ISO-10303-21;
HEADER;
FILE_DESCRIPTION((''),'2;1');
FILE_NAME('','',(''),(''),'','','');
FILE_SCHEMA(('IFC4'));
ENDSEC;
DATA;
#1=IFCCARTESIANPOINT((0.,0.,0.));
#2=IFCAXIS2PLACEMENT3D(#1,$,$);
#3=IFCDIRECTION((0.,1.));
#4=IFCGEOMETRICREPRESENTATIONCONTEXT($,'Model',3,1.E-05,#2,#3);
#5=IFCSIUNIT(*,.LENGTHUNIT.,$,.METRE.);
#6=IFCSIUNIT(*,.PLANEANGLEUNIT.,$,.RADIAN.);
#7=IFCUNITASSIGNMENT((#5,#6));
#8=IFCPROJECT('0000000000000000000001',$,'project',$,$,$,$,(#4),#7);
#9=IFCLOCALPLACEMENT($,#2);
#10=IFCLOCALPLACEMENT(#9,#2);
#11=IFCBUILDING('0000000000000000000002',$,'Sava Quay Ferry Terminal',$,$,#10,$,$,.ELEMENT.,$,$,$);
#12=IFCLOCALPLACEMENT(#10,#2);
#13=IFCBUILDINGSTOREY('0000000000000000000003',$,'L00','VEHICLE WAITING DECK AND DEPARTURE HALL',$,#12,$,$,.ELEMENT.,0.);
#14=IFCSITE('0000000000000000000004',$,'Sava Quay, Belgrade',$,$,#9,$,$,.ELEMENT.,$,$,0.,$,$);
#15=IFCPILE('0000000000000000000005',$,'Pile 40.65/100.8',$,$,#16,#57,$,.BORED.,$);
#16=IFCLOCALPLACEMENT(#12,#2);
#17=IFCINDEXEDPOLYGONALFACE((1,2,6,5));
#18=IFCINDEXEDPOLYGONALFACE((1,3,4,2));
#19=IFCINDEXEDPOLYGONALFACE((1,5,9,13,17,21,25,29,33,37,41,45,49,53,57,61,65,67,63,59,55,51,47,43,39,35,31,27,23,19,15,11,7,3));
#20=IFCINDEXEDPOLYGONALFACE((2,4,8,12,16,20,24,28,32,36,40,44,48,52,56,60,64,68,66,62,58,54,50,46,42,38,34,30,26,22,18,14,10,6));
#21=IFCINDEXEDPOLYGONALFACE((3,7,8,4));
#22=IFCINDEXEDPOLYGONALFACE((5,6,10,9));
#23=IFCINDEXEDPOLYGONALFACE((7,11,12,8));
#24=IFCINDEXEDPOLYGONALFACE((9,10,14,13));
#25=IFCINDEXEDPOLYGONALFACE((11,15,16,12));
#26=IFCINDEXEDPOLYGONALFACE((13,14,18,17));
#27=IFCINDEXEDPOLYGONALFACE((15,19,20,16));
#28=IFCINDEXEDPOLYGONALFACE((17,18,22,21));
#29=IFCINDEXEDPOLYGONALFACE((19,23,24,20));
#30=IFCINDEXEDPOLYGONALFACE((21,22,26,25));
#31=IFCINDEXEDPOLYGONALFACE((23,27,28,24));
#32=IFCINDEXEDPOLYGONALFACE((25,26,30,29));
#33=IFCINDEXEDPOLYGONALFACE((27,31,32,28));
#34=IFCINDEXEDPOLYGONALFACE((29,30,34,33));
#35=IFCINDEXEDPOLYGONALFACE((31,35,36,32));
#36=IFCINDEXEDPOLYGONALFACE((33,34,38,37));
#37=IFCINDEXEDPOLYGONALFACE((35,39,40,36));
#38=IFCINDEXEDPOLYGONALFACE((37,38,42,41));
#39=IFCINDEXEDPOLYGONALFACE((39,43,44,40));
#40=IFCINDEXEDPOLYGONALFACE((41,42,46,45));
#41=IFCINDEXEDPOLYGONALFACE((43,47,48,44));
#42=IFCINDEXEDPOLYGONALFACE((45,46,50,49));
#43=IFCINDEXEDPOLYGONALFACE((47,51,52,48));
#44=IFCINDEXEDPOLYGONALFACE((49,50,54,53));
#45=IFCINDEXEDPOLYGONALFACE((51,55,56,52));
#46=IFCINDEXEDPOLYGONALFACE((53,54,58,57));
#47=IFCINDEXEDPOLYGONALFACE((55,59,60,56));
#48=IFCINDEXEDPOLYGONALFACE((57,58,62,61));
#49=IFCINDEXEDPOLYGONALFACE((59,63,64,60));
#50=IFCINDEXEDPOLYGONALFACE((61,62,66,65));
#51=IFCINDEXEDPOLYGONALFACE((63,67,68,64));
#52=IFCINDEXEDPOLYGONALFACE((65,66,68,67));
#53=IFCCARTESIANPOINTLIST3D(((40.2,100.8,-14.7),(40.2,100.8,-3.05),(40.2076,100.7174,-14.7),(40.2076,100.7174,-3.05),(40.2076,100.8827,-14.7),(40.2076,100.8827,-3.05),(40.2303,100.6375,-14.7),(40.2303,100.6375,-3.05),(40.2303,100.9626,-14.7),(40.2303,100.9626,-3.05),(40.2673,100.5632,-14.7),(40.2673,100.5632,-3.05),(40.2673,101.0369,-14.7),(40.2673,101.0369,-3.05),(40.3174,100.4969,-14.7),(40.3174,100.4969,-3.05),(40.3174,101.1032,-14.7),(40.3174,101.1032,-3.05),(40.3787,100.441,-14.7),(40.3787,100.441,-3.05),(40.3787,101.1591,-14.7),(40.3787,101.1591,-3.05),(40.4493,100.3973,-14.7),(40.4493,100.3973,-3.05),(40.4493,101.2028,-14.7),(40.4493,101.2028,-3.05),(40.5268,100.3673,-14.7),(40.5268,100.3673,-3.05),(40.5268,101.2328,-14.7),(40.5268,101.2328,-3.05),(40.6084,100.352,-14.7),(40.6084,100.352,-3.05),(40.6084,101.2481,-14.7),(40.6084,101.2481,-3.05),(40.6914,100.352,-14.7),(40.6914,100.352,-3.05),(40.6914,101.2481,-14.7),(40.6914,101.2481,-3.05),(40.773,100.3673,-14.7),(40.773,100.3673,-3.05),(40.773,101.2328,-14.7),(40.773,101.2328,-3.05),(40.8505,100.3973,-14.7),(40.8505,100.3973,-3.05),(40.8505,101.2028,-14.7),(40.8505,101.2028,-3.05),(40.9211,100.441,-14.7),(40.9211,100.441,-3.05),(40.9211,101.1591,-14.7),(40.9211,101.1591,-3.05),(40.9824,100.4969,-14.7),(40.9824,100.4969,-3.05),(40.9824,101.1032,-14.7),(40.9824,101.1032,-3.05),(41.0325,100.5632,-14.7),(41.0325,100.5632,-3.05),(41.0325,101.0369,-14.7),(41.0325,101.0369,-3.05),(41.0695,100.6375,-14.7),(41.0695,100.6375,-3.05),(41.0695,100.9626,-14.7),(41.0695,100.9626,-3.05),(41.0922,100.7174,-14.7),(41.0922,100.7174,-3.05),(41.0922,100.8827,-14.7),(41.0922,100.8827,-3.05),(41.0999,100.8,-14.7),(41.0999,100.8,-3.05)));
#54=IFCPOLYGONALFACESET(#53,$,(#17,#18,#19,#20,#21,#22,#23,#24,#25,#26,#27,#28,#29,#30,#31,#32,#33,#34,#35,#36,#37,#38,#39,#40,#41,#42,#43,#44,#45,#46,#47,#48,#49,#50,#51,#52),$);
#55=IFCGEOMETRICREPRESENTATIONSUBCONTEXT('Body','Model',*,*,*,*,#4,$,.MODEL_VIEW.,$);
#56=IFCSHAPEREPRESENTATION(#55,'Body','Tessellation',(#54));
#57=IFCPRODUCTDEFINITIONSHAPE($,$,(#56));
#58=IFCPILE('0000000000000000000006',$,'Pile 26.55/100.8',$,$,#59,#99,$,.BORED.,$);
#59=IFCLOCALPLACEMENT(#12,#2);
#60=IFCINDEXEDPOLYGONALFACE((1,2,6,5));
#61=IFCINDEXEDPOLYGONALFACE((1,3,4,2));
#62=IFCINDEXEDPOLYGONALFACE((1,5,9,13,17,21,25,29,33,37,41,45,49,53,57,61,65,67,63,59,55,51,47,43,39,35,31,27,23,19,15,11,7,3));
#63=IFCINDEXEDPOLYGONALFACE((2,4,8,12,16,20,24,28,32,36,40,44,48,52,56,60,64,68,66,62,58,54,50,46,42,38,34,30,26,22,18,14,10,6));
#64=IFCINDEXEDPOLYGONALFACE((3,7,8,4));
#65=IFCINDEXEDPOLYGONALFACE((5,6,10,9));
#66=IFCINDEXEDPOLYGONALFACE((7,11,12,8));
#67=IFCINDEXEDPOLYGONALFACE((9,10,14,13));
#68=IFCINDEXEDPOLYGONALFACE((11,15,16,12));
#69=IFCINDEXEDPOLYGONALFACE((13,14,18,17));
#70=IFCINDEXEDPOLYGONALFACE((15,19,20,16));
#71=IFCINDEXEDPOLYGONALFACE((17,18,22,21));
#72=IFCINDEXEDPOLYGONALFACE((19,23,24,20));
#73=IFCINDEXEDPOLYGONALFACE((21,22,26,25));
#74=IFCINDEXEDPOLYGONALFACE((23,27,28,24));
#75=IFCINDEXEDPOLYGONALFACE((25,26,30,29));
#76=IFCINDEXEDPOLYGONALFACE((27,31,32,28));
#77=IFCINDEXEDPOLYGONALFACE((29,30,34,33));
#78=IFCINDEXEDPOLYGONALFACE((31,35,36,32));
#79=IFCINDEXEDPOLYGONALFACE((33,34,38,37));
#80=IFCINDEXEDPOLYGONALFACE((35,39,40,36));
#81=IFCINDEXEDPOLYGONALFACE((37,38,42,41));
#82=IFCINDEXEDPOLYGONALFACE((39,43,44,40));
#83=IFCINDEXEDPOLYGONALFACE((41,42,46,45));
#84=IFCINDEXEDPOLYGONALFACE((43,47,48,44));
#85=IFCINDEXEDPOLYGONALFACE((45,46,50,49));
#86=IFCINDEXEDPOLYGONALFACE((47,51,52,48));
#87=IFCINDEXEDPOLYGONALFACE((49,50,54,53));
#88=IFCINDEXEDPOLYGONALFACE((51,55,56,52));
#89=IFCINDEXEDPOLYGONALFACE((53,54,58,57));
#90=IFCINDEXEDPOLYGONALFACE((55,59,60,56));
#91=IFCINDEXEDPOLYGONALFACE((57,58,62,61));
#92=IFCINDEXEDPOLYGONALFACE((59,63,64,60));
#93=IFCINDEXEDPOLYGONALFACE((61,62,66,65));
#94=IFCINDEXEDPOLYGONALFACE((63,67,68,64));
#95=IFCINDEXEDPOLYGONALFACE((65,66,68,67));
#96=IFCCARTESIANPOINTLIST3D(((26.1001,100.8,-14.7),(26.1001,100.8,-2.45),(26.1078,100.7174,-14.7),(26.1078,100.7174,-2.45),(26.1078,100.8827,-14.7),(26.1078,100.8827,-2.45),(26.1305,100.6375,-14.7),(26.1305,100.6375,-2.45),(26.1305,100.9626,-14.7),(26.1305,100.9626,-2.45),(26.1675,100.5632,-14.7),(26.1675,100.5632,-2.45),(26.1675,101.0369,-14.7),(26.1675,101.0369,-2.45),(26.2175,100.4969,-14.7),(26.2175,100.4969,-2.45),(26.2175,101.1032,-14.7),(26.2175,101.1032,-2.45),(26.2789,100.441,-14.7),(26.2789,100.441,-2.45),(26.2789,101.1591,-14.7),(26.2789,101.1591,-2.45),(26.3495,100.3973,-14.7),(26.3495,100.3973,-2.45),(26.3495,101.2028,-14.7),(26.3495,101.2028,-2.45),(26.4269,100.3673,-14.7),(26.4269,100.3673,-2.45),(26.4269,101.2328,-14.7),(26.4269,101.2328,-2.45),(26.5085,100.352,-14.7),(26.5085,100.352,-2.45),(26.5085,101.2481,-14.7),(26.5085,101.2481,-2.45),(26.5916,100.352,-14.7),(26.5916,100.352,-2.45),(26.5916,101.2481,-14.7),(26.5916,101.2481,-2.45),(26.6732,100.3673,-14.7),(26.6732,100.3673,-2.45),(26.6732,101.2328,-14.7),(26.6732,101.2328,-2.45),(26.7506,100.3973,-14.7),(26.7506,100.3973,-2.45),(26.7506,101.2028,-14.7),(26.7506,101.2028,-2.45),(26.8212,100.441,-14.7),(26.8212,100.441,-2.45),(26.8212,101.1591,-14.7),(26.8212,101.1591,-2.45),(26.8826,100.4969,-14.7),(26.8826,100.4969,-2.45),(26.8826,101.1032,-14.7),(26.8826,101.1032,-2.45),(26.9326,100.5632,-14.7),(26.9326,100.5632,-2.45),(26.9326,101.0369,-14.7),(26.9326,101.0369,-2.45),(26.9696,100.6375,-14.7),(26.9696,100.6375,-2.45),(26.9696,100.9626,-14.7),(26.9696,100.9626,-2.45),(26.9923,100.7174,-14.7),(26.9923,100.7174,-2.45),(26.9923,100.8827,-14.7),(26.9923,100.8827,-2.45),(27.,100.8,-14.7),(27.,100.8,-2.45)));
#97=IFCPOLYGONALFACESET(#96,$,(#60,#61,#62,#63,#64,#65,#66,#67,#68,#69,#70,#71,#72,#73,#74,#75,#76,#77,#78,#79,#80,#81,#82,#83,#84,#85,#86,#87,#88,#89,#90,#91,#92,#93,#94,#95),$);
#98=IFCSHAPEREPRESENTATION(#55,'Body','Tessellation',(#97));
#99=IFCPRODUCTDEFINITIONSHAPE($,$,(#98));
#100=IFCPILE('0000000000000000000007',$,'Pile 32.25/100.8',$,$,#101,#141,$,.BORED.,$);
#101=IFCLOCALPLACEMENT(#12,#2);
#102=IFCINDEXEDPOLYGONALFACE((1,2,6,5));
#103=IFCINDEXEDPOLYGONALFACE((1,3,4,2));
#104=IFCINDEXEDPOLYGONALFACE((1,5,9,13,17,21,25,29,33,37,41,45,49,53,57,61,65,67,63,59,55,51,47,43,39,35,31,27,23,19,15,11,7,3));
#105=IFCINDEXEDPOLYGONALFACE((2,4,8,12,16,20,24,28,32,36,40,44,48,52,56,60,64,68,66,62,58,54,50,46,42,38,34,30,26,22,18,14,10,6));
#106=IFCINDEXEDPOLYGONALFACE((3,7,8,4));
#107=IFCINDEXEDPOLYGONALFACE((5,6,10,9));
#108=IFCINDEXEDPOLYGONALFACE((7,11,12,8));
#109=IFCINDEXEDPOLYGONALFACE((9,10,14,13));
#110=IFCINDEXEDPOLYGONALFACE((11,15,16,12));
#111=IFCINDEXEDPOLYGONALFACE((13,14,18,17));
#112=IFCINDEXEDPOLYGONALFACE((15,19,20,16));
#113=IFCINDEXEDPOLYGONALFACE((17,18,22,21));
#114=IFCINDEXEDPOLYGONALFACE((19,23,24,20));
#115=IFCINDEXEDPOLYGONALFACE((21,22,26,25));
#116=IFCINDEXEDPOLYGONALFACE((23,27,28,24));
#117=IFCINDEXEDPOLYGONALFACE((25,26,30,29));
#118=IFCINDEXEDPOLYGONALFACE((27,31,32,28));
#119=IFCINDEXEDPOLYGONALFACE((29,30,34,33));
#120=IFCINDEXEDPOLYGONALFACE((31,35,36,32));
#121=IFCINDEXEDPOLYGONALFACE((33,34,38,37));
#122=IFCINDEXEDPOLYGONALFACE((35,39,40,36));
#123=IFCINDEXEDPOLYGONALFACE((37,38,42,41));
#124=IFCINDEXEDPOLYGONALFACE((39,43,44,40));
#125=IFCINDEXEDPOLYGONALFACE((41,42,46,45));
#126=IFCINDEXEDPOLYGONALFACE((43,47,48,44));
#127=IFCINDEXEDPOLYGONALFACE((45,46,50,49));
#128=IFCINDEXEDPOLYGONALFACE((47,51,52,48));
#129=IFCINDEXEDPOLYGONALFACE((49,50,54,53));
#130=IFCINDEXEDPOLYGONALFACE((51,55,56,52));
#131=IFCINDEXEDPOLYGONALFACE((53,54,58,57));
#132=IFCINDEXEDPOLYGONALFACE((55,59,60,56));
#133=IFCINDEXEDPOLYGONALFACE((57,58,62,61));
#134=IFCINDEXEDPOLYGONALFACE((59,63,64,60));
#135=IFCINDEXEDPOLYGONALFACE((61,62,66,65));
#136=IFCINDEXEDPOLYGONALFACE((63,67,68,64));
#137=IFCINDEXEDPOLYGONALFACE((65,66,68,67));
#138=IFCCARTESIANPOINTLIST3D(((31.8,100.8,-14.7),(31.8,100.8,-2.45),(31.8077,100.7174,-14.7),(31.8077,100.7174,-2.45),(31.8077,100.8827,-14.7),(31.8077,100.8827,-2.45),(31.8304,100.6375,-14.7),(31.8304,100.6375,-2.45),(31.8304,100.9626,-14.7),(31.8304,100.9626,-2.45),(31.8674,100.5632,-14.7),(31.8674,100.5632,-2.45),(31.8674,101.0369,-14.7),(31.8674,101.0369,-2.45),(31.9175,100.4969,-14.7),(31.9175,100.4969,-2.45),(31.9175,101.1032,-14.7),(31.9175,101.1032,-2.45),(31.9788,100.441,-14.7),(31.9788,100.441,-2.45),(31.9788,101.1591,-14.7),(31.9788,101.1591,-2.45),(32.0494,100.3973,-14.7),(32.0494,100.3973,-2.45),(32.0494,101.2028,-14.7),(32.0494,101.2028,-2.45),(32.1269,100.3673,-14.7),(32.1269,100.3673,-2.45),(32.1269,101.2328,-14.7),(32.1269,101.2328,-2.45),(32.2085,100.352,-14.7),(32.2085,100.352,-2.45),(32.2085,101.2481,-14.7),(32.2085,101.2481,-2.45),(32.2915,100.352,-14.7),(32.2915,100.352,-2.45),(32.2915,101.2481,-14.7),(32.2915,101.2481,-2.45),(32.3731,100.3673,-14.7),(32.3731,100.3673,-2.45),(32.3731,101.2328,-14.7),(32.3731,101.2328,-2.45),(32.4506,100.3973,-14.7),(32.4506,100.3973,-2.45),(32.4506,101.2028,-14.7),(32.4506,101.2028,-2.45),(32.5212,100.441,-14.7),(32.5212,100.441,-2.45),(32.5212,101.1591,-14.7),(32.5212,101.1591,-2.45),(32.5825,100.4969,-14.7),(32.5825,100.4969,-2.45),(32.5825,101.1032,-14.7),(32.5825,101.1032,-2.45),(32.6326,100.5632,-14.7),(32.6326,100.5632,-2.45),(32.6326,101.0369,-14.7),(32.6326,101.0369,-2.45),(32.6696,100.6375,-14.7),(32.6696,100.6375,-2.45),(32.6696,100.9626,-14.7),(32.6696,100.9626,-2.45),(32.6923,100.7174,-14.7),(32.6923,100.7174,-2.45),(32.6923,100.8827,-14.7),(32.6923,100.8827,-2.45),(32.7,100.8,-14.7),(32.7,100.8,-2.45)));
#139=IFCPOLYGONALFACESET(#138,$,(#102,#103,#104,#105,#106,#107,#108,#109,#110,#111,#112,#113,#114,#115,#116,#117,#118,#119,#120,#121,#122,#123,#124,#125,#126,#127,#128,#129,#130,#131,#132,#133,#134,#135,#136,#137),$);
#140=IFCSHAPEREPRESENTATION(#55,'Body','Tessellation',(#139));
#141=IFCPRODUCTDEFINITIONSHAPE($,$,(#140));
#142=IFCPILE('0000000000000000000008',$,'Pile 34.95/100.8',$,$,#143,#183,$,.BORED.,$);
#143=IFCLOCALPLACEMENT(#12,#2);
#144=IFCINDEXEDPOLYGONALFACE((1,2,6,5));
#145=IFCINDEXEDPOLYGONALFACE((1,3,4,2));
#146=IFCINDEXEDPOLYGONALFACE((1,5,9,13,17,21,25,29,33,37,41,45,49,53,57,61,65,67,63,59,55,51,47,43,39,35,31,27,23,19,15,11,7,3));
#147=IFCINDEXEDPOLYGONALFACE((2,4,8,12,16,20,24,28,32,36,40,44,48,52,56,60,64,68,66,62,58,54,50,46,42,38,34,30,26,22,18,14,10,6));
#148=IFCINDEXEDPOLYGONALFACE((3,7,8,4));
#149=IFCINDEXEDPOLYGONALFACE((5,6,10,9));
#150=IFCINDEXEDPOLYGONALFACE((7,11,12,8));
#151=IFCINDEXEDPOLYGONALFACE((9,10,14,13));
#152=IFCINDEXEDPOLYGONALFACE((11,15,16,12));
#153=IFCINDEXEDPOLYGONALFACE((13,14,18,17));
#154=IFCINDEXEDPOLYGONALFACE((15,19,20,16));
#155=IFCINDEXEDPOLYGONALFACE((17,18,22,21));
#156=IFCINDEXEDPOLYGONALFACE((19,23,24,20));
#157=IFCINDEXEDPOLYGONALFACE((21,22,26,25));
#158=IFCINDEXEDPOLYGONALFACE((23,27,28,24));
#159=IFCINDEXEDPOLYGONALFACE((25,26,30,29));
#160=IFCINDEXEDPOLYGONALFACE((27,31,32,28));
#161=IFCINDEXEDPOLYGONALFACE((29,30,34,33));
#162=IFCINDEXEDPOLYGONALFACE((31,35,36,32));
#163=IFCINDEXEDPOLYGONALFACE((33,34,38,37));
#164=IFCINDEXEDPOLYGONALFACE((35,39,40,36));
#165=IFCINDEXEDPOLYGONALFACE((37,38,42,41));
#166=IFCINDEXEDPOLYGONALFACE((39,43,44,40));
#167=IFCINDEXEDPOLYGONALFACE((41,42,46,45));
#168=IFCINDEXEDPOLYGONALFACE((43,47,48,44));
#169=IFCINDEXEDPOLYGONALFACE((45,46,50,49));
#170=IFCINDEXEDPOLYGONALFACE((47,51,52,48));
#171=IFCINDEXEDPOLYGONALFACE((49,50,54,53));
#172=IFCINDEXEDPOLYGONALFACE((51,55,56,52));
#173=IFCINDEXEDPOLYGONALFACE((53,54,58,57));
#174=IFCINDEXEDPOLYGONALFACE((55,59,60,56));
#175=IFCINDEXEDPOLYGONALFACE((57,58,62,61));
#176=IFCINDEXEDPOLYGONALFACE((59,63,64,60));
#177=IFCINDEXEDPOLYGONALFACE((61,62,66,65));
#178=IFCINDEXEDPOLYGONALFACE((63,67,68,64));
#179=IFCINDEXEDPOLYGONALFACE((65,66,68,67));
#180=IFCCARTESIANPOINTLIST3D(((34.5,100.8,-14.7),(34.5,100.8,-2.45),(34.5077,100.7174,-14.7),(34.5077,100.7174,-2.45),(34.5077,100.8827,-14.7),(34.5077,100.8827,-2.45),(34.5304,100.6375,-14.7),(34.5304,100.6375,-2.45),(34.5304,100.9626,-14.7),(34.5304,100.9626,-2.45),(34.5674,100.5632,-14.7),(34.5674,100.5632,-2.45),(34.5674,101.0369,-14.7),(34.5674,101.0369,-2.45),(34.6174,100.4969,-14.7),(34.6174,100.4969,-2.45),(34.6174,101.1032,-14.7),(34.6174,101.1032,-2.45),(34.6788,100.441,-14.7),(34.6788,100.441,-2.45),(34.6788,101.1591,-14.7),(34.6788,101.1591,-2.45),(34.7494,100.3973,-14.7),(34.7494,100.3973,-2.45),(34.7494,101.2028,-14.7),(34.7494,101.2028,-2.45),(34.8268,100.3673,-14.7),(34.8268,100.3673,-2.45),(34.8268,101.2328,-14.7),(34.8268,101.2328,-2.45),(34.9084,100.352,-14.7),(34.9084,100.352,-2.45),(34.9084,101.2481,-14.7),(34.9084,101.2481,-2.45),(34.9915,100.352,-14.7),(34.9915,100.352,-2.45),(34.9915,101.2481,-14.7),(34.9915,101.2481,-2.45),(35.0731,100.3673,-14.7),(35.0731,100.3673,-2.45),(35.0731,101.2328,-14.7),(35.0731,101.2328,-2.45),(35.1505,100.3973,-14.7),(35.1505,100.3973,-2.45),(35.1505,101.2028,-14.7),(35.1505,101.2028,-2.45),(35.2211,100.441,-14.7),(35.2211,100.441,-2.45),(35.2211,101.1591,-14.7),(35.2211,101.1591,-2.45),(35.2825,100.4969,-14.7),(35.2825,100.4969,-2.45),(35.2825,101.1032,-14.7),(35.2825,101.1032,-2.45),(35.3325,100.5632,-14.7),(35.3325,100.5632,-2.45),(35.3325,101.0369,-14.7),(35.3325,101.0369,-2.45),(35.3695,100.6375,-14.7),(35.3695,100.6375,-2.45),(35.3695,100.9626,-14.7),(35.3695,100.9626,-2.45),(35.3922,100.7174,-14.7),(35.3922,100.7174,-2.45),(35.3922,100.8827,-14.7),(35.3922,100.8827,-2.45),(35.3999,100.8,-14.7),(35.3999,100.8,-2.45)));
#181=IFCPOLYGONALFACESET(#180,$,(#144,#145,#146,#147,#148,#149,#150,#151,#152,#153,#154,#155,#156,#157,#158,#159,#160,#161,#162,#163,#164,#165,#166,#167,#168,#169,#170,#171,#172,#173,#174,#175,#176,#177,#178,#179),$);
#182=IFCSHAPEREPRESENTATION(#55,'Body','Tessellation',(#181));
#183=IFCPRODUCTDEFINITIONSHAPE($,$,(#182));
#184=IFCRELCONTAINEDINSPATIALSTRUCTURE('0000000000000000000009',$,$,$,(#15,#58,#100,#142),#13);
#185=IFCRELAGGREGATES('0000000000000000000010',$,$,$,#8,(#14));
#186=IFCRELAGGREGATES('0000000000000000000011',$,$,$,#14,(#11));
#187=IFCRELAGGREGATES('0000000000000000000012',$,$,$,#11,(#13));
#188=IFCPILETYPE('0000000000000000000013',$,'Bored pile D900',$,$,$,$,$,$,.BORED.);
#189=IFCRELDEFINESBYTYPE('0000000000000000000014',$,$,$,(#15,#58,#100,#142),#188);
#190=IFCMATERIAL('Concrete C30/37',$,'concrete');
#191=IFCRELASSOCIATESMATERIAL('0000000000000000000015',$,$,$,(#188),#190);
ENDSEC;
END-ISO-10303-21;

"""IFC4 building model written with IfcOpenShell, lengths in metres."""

from ifc_helpers import new_model, si_unit, direction, frame, origin, origin_2d, place, context, subcontext, project, spatial, circle, extrude, material, material_profile, profile_set, type_object, element, save


model = new_model("IFC4")

# Units and contexts
model_context = context("Model", 3, precision=1e-05, world=origin(), true_north=direction((0.0, 1.0)))
body_context = subcontext(model_context, "Body", "Model", "MODEL_VIEW")
ifc_project = project(units=[si_unit("LENGTHUNIT", "METRE"), si_unit("PLANEANGLEUNIT", "RADIAN")], contexts=[model_context])

# Site, building, storey
site_placement = place(None, origin())
site = spatial("IfcSite", under=ifc_project, at=site_placement, Name="Sava Quay, Belgrade", CompositionType="ELEMENT", RefElevation=0.0)
building_placement = place(site_placement, origin())
building = spatial("IfcBuilding", under=site, at=building_placement, Name="Sava Quay Ferry Terminal", CompositionType="ELEMENT")
storey_placement = place(building_placement, origin())
storey = spatial("IfcBuildingStorey", under=building, at=storey_placement, Name="L00", Description="VEHICLE WAITING DECK AND DEPARTURE HALL", CompositionType="ELEMENT", Elevation=0.0)

# Piles
ifc_material_1 = material(Name="Concrete C30/37", Category="concrete")
ifc_material_profile_1 = material_profile(ifc_material_1, circle(Radius=0.45, at=origin_2d()), Name="Bored pile D900")
ifc_profile_set_1 = profile_set([ifc_material_profile_1], Name="Concrete C30/37")
pile_type = type_object("IfcPileType", Name="Bored pile D900", PredefinedType="BORED", material=ifc_profile_set_1)
pile_placement = place(storey_placement, frame((40.6499, 100.8, -3.05), z_axis=(0.0, 0.0, -1.0), x_axis=(1.0, 0.0, 0.0)))
element("IfcPile", 1, at=pile_placement, inside=storey, type_object=pile_type, Name="Pile 40.65/100.8", PredefinedType="BORED", context=body_context, shape_type="SweptSolid", body=[
    extrude(circle(Radius=0.45, at=origin_2d()), origin(), (0.0, 0.0, 1.0), 11.6499),
])
for number, where, z_axis, x_axis, name in (
    (2, (26.55, 100.8, -2.45), (0.0, 0.0, -1.0), (1.0, 0.0, 0.0), "Pile 26.55/100.8"),
    (3, (32.25, 100.8, -2.45), (0.0, 0.0, -1.0), (1.0, 0.0, 0.0), "Pile 32.25/100.8"),
    (4, (34.95, 100.8, -2.45), (0.0, 0.0, -1.0), (1.0, 0.0, 0.0), "Pile 34.95/100.8"),
):
    element("IfcPile", number, at=place(storey_placement, frame(where, z_axis=z_axis, x_axis=x_axis)), inside=storey, type_object=pile_type, Name=name, PredefinedType="BORED", context=body_context, shape_type="SweptSolid", body=[
        extrude(circle(Radius=0.45, at=origin_2d()), origin(), (0.0, 0.0, 1.0), 12.25),
    ])

save(model, "model.ifc")
